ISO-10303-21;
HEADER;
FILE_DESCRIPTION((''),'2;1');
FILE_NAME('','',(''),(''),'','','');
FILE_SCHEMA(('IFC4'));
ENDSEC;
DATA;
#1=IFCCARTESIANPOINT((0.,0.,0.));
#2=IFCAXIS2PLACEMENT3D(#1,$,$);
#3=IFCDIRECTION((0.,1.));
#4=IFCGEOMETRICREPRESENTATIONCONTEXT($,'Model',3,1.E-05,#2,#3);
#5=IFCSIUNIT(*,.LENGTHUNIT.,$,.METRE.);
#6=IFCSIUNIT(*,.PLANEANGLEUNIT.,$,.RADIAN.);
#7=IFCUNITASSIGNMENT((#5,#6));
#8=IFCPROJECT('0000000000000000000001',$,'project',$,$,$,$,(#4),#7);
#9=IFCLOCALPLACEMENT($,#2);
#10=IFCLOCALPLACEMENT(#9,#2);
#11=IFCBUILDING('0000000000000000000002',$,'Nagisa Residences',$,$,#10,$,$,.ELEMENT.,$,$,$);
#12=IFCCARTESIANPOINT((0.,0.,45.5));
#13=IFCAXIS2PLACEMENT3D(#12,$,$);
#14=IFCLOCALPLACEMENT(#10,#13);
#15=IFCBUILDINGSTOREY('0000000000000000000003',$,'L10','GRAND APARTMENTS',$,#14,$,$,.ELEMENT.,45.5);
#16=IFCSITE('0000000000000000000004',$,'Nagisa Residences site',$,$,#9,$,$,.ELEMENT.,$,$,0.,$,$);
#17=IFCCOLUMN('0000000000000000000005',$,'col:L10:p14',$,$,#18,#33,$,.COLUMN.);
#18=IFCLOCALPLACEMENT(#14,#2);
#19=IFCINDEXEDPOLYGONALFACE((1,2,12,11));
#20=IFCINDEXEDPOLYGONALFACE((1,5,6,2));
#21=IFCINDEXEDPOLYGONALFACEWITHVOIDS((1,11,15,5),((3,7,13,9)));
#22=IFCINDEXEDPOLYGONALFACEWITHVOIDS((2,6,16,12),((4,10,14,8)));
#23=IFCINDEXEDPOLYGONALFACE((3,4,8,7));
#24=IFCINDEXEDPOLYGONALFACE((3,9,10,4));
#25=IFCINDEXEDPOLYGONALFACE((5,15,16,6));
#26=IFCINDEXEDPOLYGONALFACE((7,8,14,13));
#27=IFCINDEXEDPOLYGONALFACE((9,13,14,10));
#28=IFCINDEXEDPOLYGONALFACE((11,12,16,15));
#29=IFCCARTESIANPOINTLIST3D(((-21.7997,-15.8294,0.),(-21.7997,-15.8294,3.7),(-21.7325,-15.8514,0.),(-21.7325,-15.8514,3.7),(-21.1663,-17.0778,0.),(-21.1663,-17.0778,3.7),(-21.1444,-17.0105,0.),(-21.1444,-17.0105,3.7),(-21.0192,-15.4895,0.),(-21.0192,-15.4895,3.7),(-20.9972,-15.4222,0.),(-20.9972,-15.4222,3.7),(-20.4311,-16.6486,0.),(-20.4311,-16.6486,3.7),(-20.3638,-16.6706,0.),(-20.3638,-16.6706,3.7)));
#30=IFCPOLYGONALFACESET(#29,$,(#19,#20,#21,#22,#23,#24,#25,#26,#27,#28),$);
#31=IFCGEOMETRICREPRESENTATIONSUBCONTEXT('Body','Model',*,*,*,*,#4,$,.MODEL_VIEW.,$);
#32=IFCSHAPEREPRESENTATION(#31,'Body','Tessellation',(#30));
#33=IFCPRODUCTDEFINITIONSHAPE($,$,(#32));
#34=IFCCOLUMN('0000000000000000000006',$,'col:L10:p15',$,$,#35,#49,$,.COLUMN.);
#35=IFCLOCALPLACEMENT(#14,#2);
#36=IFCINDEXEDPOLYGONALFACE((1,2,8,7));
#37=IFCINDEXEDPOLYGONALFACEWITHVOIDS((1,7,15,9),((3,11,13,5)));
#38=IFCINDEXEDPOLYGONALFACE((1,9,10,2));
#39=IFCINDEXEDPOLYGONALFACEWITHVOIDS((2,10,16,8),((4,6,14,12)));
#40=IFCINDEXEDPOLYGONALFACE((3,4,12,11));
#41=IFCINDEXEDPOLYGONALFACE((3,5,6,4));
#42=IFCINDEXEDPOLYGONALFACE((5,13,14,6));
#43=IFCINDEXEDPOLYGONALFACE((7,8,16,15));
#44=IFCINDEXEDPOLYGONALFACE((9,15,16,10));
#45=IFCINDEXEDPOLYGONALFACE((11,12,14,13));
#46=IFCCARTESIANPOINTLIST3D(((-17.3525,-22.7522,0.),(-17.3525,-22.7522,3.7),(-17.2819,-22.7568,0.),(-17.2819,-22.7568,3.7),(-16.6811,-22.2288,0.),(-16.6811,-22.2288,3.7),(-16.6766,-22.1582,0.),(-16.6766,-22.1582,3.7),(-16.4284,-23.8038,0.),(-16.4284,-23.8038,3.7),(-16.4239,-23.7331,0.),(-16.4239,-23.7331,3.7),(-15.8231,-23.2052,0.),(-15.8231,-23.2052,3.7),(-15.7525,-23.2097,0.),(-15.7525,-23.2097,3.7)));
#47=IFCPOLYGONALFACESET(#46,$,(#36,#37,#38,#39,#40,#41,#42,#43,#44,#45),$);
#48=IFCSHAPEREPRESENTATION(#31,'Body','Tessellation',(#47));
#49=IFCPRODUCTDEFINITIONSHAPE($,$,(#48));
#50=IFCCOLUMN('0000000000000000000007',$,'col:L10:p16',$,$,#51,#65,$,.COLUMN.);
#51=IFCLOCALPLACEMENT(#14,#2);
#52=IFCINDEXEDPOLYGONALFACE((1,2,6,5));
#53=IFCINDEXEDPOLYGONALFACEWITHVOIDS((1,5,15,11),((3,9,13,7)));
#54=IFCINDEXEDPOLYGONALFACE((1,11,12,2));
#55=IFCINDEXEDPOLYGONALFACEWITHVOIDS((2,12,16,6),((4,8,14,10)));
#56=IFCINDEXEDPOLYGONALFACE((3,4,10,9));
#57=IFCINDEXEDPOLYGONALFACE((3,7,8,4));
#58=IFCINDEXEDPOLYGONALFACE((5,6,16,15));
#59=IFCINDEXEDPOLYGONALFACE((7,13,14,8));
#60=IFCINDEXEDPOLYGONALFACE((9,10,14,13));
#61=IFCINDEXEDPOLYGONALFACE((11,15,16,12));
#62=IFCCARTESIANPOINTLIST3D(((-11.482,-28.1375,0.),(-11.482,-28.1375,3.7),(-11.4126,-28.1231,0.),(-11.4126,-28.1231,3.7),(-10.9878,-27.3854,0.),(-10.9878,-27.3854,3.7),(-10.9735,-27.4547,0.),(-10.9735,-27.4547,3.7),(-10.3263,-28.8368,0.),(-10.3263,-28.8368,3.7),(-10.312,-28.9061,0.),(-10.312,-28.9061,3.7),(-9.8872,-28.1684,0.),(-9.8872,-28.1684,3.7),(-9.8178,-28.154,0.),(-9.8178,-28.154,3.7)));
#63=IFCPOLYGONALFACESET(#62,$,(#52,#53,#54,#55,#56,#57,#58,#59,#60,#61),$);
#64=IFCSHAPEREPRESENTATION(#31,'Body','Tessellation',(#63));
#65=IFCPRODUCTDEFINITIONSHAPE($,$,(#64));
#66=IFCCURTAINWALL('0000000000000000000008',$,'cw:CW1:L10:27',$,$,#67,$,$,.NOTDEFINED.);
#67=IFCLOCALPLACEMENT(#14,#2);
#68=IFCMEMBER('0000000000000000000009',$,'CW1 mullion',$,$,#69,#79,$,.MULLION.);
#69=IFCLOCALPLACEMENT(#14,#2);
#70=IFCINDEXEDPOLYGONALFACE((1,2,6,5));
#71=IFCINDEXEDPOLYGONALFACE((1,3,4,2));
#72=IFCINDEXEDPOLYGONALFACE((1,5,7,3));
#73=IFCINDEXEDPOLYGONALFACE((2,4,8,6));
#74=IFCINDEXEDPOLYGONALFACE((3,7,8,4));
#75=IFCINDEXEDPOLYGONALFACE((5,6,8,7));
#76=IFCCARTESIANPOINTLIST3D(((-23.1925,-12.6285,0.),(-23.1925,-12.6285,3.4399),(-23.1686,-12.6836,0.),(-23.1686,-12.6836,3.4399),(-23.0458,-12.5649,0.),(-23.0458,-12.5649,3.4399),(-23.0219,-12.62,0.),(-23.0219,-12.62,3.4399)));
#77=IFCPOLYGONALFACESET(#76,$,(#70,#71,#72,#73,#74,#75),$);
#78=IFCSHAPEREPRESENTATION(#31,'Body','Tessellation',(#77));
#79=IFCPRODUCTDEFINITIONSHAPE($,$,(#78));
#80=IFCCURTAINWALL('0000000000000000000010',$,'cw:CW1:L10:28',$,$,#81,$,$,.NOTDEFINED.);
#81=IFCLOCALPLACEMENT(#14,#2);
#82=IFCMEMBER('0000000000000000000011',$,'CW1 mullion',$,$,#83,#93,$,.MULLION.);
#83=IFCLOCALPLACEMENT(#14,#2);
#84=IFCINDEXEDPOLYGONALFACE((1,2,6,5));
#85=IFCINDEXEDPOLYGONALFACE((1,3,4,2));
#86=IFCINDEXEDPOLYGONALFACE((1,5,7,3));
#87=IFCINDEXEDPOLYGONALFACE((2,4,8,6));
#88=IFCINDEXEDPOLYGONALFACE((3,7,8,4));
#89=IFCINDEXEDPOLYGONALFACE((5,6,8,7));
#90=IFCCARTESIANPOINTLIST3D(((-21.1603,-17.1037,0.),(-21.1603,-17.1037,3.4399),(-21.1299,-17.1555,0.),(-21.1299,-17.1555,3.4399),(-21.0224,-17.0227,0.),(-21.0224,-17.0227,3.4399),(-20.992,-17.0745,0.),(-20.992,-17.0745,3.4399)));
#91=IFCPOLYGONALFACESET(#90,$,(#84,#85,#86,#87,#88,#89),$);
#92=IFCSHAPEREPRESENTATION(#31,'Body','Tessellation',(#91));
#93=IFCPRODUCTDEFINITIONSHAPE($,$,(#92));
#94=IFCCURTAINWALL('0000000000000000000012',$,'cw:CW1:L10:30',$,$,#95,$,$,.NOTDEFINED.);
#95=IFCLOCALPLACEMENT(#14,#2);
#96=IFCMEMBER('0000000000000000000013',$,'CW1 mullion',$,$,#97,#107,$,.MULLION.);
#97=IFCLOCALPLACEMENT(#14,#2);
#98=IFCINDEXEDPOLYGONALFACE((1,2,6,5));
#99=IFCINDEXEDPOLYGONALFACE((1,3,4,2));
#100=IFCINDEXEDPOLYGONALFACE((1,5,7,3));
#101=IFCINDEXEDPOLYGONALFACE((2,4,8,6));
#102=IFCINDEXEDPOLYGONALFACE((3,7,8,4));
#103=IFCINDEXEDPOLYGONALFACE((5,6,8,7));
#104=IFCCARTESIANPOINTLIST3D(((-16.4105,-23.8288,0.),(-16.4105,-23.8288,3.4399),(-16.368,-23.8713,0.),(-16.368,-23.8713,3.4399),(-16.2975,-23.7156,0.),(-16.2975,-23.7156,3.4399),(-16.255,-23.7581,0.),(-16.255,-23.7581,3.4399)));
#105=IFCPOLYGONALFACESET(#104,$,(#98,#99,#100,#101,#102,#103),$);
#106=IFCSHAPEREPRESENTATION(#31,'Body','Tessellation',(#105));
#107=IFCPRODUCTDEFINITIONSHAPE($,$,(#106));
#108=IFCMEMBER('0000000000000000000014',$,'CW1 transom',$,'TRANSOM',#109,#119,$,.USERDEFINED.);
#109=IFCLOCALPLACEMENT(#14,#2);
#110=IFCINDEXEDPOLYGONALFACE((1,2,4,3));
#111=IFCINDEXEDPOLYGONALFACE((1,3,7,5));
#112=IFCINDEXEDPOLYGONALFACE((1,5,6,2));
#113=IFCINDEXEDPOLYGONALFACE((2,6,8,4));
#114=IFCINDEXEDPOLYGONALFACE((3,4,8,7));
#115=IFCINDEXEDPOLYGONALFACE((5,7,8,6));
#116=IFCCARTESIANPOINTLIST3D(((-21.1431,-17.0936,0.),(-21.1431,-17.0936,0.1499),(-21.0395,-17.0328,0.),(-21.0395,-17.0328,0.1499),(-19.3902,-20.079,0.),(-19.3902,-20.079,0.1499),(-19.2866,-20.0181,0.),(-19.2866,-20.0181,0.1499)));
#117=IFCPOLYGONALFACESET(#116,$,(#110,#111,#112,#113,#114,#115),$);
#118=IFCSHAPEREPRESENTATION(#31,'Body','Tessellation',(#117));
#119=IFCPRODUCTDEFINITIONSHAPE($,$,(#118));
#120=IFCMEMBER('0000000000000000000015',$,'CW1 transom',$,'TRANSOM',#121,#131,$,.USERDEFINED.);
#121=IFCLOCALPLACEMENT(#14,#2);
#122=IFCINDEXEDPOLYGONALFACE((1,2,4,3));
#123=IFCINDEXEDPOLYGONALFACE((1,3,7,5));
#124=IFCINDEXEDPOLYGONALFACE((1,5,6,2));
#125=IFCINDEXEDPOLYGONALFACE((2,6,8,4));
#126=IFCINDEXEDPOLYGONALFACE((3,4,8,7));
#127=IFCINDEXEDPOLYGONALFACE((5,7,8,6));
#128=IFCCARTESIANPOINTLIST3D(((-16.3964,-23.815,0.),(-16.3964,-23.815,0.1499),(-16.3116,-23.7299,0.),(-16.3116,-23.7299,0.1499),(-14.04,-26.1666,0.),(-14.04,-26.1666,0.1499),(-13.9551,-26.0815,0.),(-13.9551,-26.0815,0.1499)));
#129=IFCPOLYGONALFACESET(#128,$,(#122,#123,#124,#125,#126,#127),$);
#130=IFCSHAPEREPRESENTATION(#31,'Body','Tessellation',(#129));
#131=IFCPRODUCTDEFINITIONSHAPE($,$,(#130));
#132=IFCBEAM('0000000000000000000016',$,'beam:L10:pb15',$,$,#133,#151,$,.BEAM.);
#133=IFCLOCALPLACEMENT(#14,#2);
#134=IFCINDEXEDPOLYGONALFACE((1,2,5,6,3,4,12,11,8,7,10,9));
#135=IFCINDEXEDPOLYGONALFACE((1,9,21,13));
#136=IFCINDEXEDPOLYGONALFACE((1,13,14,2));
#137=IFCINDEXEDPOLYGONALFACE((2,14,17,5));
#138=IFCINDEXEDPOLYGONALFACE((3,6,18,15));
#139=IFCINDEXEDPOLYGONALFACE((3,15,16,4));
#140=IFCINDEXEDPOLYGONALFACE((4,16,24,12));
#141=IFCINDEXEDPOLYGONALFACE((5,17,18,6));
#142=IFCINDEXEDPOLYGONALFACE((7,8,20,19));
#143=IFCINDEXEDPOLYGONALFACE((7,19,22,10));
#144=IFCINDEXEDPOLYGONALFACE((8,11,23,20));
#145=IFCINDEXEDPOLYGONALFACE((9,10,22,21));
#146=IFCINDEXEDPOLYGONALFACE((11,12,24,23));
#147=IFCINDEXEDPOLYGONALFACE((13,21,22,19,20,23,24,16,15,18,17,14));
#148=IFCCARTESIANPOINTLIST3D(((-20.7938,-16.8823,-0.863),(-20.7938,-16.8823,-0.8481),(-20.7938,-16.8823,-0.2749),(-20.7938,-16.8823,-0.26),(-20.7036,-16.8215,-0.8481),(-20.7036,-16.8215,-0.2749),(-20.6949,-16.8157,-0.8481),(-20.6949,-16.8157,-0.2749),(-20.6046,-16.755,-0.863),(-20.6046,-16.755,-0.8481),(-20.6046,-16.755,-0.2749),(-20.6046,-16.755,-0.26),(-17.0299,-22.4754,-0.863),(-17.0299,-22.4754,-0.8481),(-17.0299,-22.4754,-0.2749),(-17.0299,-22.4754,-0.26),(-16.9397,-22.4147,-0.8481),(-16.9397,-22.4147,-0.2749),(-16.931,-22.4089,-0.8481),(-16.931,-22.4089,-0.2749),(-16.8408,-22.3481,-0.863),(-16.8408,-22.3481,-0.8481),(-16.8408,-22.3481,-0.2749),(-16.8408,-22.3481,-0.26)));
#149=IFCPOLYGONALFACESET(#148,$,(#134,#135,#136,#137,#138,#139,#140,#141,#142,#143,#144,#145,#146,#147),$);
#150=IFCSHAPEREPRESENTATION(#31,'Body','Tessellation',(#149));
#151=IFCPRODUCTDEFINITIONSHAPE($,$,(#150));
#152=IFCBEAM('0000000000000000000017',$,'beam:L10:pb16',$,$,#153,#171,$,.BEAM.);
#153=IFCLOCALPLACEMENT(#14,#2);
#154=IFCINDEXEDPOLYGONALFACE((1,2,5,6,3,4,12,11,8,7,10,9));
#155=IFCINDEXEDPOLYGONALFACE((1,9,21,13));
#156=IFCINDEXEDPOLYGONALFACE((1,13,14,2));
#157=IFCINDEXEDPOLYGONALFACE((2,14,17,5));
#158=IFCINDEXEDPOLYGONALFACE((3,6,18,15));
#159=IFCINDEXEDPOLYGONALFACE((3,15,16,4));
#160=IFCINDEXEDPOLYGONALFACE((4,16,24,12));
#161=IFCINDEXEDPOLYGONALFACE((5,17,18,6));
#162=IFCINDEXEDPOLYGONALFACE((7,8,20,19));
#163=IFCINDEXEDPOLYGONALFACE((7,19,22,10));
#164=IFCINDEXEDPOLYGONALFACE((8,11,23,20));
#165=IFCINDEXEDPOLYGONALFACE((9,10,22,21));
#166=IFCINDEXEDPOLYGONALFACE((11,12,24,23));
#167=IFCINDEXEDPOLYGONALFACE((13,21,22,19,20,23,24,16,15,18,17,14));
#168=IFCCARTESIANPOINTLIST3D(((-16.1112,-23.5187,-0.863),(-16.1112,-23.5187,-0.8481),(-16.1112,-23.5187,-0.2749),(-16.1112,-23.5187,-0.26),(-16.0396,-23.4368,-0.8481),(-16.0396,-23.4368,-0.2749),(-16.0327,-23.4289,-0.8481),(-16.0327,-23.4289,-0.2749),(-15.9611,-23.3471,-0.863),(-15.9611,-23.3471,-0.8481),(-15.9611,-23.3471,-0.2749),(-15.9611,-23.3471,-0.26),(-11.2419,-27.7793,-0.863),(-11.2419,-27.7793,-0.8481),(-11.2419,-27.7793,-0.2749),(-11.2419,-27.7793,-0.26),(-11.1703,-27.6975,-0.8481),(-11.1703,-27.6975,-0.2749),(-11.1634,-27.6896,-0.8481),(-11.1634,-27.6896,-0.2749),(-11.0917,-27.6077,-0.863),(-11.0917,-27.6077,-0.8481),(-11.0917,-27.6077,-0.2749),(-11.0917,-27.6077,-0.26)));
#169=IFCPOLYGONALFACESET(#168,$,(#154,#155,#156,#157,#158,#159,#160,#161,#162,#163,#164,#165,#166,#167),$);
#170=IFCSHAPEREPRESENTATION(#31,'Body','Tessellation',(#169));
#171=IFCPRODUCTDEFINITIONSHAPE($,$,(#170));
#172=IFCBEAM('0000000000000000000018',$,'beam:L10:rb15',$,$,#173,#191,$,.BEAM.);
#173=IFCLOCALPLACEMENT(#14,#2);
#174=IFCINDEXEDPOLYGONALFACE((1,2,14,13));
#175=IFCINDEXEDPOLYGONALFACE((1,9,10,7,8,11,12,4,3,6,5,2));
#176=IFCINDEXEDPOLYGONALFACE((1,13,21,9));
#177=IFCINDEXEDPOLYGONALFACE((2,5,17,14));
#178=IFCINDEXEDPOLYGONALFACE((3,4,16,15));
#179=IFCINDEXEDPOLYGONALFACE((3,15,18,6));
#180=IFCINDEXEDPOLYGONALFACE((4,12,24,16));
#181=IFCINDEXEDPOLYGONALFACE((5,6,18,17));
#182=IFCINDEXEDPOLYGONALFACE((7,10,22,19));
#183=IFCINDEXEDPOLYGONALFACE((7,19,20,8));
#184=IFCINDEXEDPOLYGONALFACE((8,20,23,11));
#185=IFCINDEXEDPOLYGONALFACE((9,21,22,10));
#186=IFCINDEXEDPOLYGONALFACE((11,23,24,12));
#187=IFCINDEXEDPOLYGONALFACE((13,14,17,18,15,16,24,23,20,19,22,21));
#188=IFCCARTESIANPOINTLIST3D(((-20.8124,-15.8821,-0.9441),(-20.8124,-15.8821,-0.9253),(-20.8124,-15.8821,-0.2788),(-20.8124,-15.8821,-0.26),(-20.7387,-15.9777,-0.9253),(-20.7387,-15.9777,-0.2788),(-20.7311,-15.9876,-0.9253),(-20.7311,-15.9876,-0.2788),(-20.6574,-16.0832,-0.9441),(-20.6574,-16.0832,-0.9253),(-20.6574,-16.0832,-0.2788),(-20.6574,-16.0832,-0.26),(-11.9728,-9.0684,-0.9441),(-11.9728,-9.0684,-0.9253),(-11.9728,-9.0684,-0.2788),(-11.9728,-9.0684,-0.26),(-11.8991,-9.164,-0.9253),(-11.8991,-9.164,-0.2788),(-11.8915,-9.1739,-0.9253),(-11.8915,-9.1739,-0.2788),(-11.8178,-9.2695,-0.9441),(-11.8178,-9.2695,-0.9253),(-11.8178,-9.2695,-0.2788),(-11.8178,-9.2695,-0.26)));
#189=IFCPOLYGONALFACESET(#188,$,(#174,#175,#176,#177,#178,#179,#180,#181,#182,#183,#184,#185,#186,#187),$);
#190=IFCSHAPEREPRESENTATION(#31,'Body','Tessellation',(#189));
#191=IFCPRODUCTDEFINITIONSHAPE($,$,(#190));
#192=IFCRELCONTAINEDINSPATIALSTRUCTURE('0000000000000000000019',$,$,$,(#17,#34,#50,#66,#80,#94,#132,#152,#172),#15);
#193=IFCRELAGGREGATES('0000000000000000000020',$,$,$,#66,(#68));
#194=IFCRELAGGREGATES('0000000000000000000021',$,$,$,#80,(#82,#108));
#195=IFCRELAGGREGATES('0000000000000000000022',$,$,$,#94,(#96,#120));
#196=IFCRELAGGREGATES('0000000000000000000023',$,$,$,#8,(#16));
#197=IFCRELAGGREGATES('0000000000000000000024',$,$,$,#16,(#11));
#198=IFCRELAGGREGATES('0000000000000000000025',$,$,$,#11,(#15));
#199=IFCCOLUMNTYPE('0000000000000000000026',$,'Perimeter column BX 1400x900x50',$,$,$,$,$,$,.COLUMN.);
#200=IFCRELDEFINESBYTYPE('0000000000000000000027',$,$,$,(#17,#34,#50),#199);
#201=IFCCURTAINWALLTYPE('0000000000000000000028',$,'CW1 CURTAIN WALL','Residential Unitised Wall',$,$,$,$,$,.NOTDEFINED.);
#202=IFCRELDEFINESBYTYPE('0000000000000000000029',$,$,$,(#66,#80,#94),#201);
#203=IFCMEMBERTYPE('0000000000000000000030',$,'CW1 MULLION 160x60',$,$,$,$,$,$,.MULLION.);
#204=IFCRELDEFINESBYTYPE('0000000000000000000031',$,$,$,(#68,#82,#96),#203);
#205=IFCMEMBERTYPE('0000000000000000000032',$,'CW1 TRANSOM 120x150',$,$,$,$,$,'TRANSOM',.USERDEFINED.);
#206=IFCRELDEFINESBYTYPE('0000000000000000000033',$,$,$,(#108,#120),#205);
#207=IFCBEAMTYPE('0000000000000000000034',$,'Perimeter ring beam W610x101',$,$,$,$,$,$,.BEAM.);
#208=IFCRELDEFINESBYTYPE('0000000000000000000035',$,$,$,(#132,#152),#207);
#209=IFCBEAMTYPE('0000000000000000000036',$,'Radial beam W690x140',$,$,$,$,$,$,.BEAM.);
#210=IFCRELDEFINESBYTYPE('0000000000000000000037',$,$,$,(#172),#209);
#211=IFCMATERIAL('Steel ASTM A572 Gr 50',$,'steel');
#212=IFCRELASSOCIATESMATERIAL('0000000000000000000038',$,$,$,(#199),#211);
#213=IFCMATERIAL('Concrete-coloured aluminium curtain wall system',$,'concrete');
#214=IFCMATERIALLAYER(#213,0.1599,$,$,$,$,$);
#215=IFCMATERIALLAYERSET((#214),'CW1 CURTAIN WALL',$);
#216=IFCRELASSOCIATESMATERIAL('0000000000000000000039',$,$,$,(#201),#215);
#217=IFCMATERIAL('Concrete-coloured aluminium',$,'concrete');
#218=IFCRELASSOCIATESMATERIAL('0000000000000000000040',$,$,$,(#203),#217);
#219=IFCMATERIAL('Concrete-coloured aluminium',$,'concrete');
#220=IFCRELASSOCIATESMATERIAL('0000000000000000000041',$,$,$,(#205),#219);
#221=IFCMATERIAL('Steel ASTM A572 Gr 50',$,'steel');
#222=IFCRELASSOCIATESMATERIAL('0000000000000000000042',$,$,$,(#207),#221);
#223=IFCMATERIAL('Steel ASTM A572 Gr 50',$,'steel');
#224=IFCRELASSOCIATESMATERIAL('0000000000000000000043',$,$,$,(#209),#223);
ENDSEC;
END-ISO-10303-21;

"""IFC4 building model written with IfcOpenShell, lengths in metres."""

from ifc_helpers import new_model, si_unit, direction, frame, origin, origin_2d, place, context, subcontext, project, spatial, rectangle, hollow_rectangle, i_section, extrude, material, layer, layer_set, material_profile, profile_set, type_object, element, aggregate, save


model = new_model("IFC4")

# Units and contexts
model_context = context("Model", 3, precision=1e-05, world=origin(), true_north=direction((0.0, 1.0)))
body_context = subcontext(model_context, "Body", "Model", "MODEL_VIEW")
ifc_project = project(units=[si_unit("LENGTHUNIT", "METRE"), si_unit("PLANEANGLEUNIT", "RADIAN")], contexts=[model_context])

# Site, building, storey
site_placement = place(None, origin())
site = spatial("IfcSite", under=ifc_project, at=site_placement, Name="Nagisa Residences site", CompositionType="ELEMENT", RefElevation=0.0)
building_placement = place(site_placement, origin())
building = spatial("IfcBuilding", under=site, at=building_placement, Name="Nagisa Residences", CompositionType="ELEMENT")
storey_placement = place(building_placement, frame((0.0, 0.0, 45.5)))
storey = spatial("IfcBuildingStorey", under=building, at=storey_placement, Name="L10", Description="GRAND APARTMENTS", CompositionType="ELEMENT", Elevation=45.5)

# Columns
ifc_material_1 = material(Name="Steel ASTM A572 Gr 50", Category="steel")
ifc_material_profile_1 = material_profile(ifc_material_1, hollow_rectangle(XDim=1.3999, YDim=0.8999, WallThickness=0.05, at=origin_2d()), Name="BX 1400x900x50")
ifc_profile_set_1 = profile_set([ifc_material_profile_1], Name="Steel ASTM A572 Gr 50")
column_type = type_object("IfcColumnType", Name="Perimeter column BX 1400x900x50", PredefinedType="COLUMN", material=ifc_profile_set_1)
for number, where, z_axis, x_axis, name in (
    (1, (-21.0818, -16.25, 0.0), (0.0, 0.0, 1.0), (0.452463, -0.891783, 0.0), "col:L10:p14"),
    (2, (-16.5525, -22.981, 0.0), (0.0, 0.0, 1.0), (0.660115, -0.751165, 0.0), "col:L10:p15"),
    (3, (-10.6499, -28.1458, 0.0), (0.0, 0.0, 1.0), (0.835766, -0.549086, 0.0), "col:L10:p16"),
):
    element("IfcColumn", number, at=place(storey_placement, frame(where, z_axis=z_axis, x_axis=x_axis)), inside=storey, type_object=column_type, Name=name, PredefinedType="COLUMN", context=body_context, shape_type="SweptSolid", body=[
        extrude(hollow_rectangle(XDim=1.3999, YDim=0.8999, WallThickness=0.05, at=origin_2d()), origin(), (0.0, 0.0, 1.0), 3.7),
    ])

# Curtain walls, members
ifc_material_2 = material(Name="Concrete-coloured aluminium curtain wall system", Category="concrete")
ifc_layer_1 = layer(ifc_material_2, 0.1599)
ifc_layer_set_1 = layer_set([ifc_layer_1], Name="CW1 CURTAIN WALL")
curtain_wall_type = type_object("IfcCurtainWallType", Name="CW1 CURTAIN WALL", Description="Residential Unitised Wall", PredefinedType="NOTDEFINED", material=ifc_layer_set_1)
curtain_wall_1_placement = place(storey_placement, origin())
curtain_wall_1 = element("IfcCurtainWall", 4, at=curtain_wall_1_placement, inside=storey, type_object=curtain_wall_type, Name="cw:CW1:L10:27", PredefinedType="NOTDEFINED")
ifc_material_3 = material(Name="Concrete-coloured aluminium", Category="concrete")
ifc_material_profile_2 = material_profile(ifc_material_3, rectangle(XDim=0.1599, YDim=0.0601, at=origin_2d()), Name="CW1 MULLION 160x60")
ifc_profile_set_2 = profile_set([ifc_material_profile_2], Name="Concrete-coloured aluminium")
member_type_1 = type_object("IfcMemberType", Name="CW1 MULLION 160x60", PredefinedType="MULLION", material=ifc_profile_set_2)
member_1_placement = place(storey_placement, frame((-23.1072, -12.6243, 0.0), z_axis=(0.0, 0.0, 1.0), x_axis=(0.917543, 0.397636, 0.0)))
member_1 = element("IfcMember", 5, at=member_1_placement, type_object=member_type_1, Name="CW1 mullion", PredefinedType="MULLION", context=body_context, shape_type="SweptSolid", body=[
    extrude(rectangle(XDim=0.1599, YDim=0.0601, at=origin_2d()), origin(), (0.0, 0.0, 1.0), 3.4399),
])
curtain_wall_2_placement = place(storey_placement, origin())
curtain_wall_2 = element("IfcCurtainWall", 6, at=curtain_wall_2_placement, inside=storey, type_object=curtain_wall_type, Name="cw:CW1:L10:28", PredefinedType="NOTDEFINED")
member_2_placement = place(storey_placement, frame((-21.0762, -17.0891, 0.0), z_axis=(0.0, 0.0, 1.0), x_axis=(0.862329, 0.506349, 0.0)))
member_2 = element("IfcMember", 7, at=member_2_placement, type_object=member_type_1, Name="CW1 mullion", PredefinedType="MULLION", context=body_context, shape_type="SweptSolid", body=[
    extrude(rectangle(XDim=0.1599, YDim=0.0601, at=origin_2d()), origin(), (0.0, 0.0, 1.0), 3.4399),
])
curtain_wall_3_placement = place(storey_placement, origin())
curtain_wall_3 = element("IfcCurtainWall", 8, at=curtain_wall_3_placement, inside=storey, type_object=curtain_wall_type, Name="cw:CW1:L10:30", PredefinedType="NOTDEFINED")
member_3_placement = place(storey_placement, frame((-16.3328, -23.7935, 0.0), z_axis=(0.0, 0.0, 1.0), x_axis=(0.706377, 0.707836, 0.0)))
member_3 = element("IfcMember", 9, at=member_3_placement, type_object=member_type_1, Name="CW1 mullion", PredefinedType="MULLION", context=body_context, shape_type="SweptSolid", body=[
    extrude(rectangle(XDim=0.1599, YDim=0.0601, at=origin_2d()), origin(), (0.0, 0.0, 1.0), 3.4399),
])

# Members
ifc_material_4 = material(Name="Concrete-coloured aluminium", Category="concrete")
ifc_material_profile_3 = material_profile(ifc_material_4, rectangle(XDim=0.1201, YDim=0.1499, at=origin_2d()), Name="CW1 TRANSOM 120x150")
ifc_profile_set_3 = profile_set([ifc_material_profile_3], Name="Concrete-coloured aluminium")
member_type_2 = type_object("IfcMemberType", Name="CW1 TRANSOM 120x150", ElementType="TRANSOM", PredefinedType="USERDEFINED", material=ifc_profile_set_3)
member_4_placement = place(storey_placement, frame((-21.0913, -17.0632, 0.075), z_axis=(0.506342, -0.862333, 0.0), x_axis=(0.862333, 0.506342, 0.0)))
member_4 = element("IfcMember", 10, at=member_4_placement, type_object=member_type_2, Name="CW1 transom", ObjectType="TRANSOM", PredefinedType="USERDEFINED", context=body_context, shape_type="SweptSolid", body=[
    extrude(rectangle(XDim=0.1201, YDim=0.1499, at=origin_2d()), origin(), (0.0, 0.0, 1.0), 3.4619),
])
member_5_placement = place(storey_placement, frame((-16.354, -23.7725, 0.075), z_axis=(0.70784, -0.706373, 0.0), x_axis=(0.706373, 0.70784, 0.0)))
member_5 = element("IfcMember", 11, at=member_5_placement, type_object=member_type_2, Name="CW1 transom", ObjectType="TRANSOM", PredefinedType="USERDEFINED", context=body_context, shape_type="SweptSolid", body=[
    extrude(rectangle(XDim=0.1201, YDim=0.1499, at=origin_2d()), origin(), (0.0, 0.0, 1.0), 3.3291),
])

# Beams
ifc_material_5 = material(Name="Steel ASTM A572 Gr 50", Category="steel")
ifc_material_profile_4 = material_profile(ifc_material_5, i_section(OverallWidth=0.228, OverallDepth=0.603, WebThickness=0.0105, FlangeThickness=0.0149, at=origin_2d()), Name="W610x101")
ifc_profile_set_4 = profile_set([ifc_material_profile_4], Name="Steel ASTM A572 Gr 50")
beam_type_1 = type_object("IfcBeamType", Name="Perimeter ring beam W610x101", PredefinedType="BEAM", material=ifc_profile_set_4)
beam_1_placement = place(storey_placement, frame((-20.6992, -16.8186, -0.5615), z_axis=(0.558297, -0.829641, 0.0), x_axis=(0.829641, 0.558297, 0.0)))
element("IfcBeam", 12, at=beam_1_placement, inside=storey, type_object=beam_type_1, Name="beam:L10:pb15", PredefinedType="BEAM", context=body_context, shape_type="SweptSolid", body=[
    extrude(i_section(OverallWidth=0.228, OverallDepth=0.603, WebThickness=0.0105, FlangeThickness=0.0149, at=origin_2d()), origin(), (0.0, 0.0, 1.0), 6.7417),
])
beam_2_placement = place(storey_placement, frame((-16.0361, -23.4329, -0.5615), z_axis=(0.752574, -0.658507, 0.0), x_axis=(0.658507, 0.752574, 0.0)))
element("IfcBeam", 13, at=beam_2_placement, inside=storey, type_object=beam_type_1, Name="beam:L10:pb16", PredefinedType="BEAM", context=body_context, shape_type="SweptSolid", body=[
    extrude(i_section(OverallWidth=0.228, OverallDepth=0.603, WebThickness=0.0105, FlangeThickness=0.0149, at=origin_2d()), origin(), (0.0, 0.0, 1.0), 6.4702),
])
ifc_material_6 = material(Name="Steel ASTM A572 Gr 50", Category="steel")
ifc_material_profile_5 = material_profile(ifc_material_6, i_section(OverallWidth=0.2539, OverallDepth=0.6841, WebThickness=0.0125, FlangeThickness=0.0188, at=origin_2d()), Name="W690x140")
ifc_profile_set_5 = profile_set([ifc_material_profile_5], Name="Steel ASTM A572 Gr 50")
beam_type_2 = type_object("IfcBeamType", Name="Radial beam W690x140", PredefinedType="BEAM", material=ifc_profile_set_5)
beam_3_placement = place(storey_placement, frame((-20.7349, -15.9827, -0.6021), z_axis=(0.792016, 0.6105, 0.0), x_axis=(-0.6105, 0.792016, 0.0)))
element("IfcBeam", 14, at=beam_3_placement, inside=storey, type_object=beam_type_2, Name="beam:L10:rb15", PredefinedType="BEAM", context=body_context, shape_type="SweptSolid", body=[
    extrude(i_section(OverallWidth=0.2539, OverallDepth=0.6841, WebThickness=0.0125, FlangeThickness=0.0188, at=origin_2d()), origin(), (0.0, 0.0, 1.0), 11.1609),
])

aggregate(curtain_wall_1, [member_1])
aggregate(curtain_wall_2, [member_2, member_4])
aggregate(curtain_wall_3, [member_3, member_5])

save(model, "model.ifc")
